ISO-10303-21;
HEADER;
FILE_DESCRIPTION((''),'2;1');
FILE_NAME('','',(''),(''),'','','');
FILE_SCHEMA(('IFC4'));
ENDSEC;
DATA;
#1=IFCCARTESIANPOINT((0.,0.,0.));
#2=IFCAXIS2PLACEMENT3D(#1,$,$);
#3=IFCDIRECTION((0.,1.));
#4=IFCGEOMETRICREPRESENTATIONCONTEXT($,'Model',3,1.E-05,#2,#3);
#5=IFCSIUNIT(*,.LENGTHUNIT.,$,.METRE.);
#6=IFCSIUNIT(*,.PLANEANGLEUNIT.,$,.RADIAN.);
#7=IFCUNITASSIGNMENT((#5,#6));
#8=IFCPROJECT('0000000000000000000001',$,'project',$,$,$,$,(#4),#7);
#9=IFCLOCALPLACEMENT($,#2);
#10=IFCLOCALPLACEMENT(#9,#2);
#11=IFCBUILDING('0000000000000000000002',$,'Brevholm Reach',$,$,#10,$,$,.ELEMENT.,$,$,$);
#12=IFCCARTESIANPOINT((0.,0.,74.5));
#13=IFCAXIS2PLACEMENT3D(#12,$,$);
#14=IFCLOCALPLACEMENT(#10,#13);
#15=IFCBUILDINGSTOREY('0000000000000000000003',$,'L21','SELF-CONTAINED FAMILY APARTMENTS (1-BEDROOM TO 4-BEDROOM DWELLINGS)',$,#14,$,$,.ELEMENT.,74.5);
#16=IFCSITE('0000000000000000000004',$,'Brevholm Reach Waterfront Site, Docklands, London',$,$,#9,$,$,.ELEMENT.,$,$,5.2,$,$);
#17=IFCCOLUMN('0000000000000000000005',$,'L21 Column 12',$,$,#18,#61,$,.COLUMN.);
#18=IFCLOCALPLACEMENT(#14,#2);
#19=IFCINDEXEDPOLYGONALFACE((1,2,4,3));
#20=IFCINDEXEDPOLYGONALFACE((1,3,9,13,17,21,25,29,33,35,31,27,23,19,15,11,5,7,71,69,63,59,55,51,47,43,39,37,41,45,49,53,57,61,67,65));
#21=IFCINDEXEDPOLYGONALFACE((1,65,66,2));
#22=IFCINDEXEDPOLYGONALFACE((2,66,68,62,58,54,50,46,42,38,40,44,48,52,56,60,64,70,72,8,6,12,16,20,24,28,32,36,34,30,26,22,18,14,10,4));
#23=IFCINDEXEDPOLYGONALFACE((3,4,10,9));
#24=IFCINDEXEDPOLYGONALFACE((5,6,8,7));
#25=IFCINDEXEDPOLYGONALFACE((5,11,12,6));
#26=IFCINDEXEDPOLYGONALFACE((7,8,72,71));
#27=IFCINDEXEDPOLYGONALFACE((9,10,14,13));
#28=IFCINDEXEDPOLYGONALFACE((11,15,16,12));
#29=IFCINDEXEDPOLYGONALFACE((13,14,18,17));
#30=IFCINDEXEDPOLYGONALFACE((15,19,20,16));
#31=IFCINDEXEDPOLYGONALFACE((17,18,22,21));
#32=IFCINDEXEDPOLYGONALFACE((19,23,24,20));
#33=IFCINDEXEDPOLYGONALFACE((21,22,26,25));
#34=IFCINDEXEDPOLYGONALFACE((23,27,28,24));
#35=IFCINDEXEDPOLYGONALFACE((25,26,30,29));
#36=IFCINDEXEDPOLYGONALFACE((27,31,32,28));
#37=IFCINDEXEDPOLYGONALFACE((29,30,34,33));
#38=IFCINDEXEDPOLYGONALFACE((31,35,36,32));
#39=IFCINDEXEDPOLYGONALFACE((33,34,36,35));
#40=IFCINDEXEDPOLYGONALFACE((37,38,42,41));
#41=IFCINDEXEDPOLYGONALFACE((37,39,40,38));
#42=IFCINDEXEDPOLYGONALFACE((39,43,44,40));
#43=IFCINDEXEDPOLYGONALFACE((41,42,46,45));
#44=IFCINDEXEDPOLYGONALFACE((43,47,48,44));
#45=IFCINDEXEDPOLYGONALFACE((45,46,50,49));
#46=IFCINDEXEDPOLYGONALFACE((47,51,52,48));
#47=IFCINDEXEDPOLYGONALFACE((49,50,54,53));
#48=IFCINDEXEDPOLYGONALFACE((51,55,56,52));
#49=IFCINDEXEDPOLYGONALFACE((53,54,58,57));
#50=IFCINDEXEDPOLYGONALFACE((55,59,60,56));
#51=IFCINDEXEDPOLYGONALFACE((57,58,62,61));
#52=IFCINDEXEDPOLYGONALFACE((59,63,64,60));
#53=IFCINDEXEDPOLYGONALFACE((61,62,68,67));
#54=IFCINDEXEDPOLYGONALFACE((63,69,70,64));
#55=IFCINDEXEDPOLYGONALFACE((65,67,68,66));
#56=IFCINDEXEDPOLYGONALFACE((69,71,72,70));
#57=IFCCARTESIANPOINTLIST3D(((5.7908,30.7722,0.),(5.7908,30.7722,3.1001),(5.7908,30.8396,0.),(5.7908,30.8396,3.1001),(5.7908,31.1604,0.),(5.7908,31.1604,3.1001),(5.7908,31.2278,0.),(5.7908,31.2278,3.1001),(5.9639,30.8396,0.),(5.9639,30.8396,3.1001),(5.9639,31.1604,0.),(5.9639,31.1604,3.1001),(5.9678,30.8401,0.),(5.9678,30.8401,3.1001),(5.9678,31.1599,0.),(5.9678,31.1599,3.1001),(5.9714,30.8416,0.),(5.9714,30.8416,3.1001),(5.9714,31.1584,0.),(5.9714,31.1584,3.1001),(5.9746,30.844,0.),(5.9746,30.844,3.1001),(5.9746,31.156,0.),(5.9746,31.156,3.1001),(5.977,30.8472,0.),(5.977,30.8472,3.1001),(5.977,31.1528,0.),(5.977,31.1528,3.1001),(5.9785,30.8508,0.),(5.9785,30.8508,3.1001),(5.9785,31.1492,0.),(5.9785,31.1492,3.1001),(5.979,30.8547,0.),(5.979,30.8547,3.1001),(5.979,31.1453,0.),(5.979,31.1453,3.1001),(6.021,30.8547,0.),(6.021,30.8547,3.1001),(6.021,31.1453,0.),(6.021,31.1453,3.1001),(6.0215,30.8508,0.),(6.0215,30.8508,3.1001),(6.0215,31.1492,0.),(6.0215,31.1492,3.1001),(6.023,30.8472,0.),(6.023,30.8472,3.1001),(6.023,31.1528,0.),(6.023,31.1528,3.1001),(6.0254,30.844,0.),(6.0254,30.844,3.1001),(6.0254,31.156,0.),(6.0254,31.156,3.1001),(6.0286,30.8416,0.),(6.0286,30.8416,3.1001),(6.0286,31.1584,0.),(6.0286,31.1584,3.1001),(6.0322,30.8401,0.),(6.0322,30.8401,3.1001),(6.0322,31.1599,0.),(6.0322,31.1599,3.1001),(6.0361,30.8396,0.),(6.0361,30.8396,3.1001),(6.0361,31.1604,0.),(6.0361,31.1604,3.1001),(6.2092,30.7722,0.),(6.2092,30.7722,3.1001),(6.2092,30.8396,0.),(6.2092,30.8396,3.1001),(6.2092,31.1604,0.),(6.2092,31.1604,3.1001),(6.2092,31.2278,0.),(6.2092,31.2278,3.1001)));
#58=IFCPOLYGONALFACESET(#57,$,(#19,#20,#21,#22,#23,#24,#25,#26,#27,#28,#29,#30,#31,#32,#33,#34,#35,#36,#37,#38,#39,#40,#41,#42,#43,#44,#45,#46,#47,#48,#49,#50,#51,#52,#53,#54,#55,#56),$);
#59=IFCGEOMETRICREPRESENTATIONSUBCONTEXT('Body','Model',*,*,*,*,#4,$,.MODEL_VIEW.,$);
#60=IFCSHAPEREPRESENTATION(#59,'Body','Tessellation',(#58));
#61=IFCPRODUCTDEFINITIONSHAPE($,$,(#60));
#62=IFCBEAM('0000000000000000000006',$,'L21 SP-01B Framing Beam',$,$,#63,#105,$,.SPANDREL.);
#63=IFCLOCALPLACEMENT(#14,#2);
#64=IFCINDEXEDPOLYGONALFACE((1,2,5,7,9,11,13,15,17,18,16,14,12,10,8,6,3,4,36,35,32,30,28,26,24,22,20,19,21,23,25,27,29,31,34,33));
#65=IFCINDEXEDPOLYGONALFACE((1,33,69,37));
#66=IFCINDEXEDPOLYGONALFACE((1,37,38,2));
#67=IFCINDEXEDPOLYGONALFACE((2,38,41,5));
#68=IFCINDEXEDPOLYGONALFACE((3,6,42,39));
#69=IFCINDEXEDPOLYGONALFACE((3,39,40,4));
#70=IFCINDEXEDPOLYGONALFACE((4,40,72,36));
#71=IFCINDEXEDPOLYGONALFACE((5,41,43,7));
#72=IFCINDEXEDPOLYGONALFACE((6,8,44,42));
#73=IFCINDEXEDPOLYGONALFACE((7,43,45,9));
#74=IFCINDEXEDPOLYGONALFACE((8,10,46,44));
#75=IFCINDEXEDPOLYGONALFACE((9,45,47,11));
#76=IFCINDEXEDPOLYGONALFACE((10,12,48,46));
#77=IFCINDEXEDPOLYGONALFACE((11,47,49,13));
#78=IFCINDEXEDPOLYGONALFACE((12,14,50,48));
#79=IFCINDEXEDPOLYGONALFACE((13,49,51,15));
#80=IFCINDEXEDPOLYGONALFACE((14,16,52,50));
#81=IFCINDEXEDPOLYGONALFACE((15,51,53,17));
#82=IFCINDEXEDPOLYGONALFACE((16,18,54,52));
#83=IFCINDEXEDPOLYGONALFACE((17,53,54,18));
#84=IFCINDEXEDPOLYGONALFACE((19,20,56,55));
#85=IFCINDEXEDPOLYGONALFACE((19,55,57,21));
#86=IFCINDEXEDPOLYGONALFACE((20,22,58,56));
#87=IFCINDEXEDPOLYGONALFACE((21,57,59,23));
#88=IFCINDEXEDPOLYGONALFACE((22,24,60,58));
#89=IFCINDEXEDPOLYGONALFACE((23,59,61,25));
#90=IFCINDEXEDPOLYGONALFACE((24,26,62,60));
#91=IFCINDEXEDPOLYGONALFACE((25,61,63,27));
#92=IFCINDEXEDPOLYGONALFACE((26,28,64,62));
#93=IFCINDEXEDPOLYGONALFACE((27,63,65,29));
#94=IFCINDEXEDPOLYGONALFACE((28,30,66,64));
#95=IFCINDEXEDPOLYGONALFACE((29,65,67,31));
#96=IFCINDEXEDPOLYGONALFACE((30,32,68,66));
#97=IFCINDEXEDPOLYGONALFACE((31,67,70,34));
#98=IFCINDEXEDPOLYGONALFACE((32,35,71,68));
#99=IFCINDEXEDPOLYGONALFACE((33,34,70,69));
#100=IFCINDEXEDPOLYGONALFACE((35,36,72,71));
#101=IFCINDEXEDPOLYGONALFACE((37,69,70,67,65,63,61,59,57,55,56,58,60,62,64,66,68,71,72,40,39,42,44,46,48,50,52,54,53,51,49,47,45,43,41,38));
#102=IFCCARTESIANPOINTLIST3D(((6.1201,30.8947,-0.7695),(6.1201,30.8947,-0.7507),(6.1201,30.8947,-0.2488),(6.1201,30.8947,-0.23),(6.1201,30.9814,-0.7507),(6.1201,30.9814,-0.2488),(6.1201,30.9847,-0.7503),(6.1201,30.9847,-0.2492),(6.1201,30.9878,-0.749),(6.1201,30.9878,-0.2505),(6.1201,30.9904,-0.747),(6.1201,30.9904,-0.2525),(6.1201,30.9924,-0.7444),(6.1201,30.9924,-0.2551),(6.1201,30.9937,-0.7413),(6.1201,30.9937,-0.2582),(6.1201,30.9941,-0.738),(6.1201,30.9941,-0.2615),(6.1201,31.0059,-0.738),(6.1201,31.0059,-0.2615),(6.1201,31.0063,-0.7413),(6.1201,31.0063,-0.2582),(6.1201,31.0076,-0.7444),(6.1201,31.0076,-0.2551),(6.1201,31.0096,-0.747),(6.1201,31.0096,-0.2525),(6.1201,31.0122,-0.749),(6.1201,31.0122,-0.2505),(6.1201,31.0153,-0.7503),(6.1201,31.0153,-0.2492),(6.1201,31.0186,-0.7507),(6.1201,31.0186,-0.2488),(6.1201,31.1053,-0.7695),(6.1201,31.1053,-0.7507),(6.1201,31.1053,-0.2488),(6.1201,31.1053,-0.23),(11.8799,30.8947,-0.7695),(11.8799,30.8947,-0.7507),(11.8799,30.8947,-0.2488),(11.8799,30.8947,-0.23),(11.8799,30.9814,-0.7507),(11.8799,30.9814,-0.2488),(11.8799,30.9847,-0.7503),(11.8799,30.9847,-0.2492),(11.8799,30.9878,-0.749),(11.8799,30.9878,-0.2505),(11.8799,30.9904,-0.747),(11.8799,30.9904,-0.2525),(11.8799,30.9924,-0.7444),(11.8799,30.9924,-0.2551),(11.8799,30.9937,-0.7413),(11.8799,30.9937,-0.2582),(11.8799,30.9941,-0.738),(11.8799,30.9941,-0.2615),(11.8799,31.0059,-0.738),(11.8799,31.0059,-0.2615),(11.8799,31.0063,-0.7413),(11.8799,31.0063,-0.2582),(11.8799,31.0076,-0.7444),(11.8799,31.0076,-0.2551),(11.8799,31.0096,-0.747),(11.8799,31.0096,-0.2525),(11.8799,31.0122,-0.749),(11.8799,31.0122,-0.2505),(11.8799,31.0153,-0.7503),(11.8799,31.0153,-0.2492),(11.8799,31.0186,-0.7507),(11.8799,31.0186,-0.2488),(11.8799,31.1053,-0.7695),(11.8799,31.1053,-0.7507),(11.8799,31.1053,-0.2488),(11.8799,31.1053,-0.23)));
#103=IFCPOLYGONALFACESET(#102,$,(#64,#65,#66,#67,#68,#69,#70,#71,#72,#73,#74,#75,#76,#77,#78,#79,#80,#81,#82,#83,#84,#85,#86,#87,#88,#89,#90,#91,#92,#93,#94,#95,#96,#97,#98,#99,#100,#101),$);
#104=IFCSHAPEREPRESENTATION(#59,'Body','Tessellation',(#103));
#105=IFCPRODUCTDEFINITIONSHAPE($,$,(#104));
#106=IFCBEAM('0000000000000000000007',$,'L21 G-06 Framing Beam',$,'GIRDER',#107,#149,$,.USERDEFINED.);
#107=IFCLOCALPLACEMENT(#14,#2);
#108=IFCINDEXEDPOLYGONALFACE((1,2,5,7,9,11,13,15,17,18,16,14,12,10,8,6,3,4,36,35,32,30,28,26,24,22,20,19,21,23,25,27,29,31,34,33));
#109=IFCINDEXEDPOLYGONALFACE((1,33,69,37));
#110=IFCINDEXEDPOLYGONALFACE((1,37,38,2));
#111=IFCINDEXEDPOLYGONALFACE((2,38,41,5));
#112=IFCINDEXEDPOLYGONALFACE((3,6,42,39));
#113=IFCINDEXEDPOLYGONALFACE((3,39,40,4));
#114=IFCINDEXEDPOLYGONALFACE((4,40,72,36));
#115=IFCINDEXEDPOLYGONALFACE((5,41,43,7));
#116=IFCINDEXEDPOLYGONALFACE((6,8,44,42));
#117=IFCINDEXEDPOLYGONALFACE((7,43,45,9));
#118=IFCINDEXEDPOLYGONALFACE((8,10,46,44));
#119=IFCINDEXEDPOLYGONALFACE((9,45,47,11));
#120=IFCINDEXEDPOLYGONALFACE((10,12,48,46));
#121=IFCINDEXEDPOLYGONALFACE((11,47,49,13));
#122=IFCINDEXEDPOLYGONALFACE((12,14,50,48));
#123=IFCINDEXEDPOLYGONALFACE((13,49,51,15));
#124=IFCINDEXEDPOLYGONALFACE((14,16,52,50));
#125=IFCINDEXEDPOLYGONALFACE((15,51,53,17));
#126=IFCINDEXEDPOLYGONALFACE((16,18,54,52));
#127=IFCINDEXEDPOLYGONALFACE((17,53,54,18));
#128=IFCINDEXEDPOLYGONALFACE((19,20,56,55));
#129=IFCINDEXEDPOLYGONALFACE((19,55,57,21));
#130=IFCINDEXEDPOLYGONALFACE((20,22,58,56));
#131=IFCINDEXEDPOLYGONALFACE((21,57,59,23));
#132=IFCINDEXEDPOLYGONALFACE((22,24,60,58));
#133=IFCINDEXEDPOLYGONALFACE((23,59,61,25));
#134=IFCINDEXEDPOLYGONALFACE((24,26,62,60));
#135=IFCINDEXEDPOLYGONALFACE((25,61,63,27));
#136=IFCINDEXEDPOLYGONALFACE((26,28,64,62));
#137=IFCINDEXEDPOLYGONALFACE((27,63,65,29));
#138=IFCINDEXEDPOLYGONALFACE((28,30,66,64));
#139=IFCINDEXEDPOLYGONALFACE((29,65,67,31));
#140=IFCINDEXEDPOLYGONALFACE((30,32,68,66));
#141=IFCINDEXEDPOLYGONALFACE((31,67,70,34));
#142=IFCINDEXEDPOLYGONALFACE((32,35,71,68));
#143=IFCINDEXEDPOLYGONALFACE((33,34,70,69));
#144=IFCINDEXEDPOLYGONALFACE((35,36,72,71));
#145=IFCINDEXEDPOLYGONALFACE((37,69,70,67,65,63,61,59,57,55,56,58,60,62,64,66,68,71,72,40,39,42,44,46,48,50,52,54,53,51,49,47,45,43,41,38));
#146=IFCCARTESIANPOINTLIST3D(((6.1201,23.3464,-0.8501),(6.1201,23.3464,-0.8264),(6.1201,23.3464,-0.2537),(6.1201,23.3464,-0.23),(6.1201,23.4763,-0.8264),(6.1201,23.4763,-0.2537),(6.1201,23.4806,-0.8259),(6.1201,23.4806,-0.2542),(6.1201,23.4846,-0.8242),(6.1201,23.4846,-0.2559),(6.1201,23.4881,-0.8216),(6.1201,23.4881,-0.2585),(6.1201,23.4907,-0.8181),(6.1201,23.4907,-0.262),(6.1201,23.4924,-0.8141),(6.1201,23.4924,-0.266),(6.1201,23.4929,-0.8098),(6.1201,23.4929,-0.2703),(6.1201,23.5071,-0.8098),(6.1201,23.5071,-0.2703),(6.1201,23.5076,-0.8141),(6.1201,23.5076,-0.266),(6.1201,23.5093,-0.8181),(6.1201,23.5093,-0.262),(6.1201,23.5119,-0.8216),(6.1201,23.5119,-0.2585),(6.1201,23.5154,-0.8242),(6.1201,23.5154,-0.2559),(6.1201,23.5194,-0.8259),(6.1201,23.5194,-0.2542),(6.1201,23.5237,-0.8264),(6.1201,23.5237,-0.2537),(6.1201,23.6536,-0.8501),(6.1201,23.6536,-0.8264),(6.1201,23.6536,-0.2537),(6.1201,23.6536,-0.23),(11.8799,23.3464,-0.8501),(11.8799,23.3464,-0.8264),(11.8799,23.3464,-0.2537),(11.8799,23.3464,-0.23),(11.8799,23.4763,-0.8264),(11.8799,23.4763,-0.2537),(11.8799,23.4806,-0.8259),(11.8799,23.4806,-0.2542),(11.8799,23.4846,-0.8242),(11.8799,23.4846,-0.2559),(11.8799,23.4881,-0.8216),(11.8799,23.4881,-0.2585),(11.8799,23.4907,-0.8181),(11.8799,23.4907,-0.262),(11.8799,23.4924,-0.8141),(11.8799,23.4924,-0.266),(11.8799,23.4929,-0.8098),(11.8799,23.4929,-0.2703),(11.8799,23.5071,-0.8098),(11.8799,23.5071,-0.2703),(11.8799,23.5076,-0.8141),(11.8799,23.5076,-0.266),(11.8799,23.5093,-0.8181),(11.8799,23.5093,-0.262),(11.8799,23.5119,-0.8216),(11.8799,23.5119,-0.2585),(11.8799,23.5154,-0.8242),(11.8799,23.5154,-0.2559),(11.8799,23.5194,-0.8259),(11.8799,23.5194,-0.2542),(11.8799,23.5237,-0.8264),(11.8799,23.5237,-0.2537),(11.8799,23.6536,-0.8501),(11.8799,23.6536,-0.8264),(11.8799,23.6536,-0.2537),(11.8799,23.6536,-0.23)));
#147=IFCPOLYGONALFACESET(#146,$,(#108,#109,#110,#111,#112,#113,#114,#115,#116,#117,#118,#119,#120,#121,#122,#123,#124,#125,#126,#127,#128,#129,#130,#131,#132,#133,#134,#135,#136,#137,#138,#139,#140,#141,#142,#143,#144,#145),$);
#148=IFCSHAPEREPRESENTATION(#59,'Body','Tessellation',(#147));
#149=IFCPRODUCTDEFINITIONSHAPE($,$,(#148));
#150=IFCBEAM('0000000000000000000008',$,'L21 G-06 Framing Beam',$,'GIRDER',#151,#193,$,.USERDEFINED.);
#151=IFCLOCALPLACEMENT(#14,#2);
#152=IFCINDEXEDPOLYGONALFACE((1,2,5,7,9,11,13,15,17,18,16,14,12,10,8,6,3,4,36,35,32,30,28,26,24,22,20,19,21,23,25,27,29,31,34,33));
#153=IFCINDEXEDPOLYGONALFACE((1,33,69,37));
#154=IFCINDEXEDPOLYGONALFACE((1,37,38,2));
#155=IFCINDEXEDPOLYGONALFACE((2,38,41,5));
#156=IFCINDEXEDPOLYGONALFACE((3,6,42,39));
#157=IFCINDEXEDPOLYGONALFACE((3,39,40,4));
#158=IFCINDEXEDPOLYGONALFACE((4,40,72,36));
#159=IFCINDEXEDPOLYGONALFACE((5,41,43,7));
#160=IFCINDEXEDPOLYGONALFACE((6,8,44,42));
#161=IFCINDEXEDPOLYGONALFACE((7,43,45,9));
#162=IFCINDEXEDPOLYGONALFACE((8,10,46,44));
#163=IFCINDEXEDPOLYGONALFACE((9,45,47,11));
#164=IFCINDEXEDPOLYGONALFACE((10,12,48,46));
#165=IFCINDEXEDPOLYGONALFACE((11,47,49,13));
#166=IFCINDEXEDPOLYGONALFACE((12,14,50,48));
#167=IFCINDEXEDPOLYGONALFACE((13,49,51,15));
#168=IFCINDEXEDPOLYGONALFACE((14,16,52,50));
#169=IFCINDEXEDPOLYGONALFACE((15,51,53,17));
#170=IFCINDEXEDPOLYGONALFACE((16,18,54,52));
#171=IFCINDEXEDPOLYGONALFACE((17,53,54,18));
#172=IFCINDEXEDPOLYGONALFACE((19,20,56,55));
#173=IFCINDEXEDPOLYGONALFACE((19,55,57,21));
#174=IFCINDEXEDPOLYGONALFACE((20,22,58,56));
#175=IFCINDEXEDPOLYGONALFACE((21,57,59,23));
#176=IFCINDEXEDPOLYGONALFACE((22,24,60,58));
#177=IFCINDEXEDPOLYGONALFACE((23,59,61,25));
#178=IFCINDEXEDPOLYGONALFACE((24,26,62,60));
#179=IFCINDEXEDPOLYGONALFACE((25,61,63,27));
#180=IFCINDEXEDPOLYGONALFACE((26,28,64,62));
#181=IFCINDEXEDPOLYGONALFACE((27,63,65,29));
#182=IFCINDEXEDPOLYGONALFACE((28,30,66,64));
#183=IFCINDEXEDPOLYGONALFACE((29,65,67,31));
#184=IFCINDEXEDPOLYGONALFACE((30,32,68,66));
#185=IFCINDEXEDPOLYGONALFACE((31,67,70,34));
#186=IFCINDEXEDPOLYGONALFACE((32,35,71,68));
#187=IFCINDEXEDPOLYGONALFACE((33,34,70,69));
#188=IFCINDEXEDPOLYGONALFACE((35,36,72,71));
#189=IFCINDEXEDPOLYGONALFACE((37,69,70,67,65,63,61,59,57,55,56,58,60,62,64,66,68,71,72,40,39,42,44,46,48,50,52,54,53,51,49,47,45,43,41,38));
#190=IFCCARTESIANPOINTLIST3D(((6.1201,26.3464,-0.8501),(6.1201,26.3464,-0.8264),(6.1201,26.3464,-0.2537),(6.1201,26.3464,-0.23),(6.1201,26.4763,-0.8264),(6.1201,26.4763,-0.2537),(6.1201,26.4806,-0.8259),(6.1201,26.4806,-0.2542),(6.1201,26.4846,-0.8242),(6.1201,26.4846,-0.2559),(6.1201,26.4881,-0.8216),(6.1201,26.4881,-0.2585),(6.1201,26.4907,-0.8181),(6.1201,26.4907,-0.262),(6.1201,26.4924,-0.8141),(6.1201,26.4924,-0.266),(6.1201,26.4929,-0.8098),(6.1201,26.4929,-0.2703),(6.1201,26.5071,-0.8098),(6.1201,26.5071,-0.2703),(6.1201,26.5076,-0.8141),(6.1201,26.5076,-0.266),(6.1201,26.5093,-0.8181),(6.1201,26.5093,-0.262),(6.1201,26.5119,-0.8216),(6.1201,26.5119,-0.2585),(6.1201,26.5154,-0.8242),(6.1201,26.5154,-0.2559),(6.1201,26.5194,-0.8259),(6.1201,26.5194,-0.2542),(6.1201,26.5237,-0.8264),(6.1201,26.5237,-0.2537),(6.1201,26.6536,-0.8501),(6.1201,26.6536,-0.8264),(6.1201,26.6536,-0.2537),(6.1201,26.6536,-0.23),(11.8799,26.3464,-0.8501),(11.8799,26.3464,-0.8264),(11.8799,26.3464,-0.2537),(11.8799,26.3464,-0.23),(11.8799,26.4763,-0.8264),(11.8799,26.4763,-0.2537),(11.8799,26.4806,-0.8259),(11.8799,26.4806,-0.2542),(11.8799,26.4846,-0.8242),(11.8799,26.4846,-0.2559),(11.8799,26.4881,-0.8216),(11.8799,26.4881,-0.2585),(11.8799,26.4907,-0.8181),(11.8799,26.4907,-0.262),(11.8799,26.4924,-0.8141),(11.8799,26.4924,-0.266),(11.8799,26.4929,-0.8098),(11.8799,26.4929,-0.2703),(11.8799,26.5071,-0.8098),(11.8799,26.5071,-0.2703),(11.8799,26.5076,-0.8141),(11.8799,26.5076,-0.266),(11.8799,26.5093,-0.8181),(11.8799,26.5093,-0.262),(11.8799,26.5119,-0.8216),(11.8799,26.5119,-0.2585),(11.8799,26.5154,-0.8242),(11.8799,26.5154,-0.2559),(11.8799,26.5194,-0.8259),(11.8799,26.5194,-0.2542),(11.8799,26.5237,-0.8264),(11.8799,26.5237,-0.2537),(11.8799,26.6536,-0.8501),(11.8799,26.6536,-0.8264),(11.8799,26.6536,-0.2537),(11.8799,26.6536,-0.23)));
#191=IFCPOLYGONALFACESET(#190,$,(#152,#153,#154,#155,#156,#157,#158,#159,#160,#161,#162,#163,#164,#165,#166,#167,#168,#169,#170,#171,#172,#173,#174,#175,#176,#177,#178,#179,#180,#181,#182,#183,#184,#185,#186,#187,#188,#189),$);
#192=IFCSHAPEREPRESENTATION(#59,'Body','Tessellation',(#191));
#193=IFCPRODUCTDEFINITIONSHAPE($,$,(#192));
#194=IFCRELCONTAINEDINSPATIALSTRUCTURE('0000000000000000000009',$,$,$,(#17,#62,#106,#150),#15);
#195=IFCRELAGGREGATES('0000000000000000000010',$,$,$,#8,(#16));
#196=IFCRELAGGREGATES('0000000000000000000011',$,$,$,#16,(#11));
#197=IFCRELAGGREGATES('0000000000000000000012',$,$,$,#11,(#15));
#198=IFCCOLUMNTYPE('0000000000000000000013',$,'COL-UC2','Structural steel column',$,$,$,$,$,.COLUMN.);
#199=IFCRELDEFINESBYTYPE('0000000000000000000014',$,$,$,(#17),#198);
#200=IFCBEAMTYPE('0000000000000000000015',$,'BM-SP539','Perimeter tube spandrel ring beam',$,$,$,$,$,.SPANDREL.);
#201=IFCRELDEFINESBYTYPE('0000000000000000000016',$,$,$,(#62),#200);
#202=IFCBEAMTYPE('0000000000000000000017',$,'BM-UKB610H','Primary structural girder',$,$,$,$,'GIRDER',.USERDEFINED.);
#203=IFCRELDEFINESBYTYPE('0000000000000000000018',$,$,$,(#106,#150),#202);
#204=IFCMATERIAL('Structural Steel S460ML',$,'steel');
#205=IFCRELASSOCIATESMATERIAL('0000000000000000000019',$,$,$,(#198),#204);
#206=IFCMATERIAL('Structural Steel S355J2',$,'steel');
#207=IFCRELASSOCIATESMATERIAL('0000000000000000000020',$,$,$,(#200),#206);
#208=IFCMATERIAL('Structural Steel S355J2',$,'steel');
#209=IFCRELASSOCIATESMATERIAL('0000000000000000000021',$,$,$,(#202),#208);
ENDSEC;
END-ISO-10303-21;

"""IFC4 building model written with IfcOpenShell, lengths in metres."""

from ifc_helpers import new_model, si_unit, direction, frame, origin, origin_2d, place, context, subcontext, project, spatial, i_section, extrude, material, material_profile, profile_set, type_object, element, save


model = new_model("IFC4")

# Units and contexts
model_context = context("Model", 3, precision=1e-05, world=origin(), true_north=direction((0.0, 1.0)))
body_context = subcontext(model_context, "Body", "Model", "MODEL_VIEW")
ifc_project = project(units=[si_unit("LENGTHUNIT", "METRE"), si_unit("PLANEANGLEUNIT", "RADIAN")], contexts=[model_context])

# Site, building, storey
site_placement = place(None, origin())
site = spatial("IfcSite", under=ifc_project, at=site_placement, Name="Brevholm Reach Waterfront Site, Docklands, London", CompositionType="ELEMENT", RefElevation=5.2)
building_placement = place(site_placement, origin())
building = spatial("IfcBuilding", under=site, at=building_placement, Name="Brevholm Reach", CompositionType="ELEMENT")
storey_placement = place(building_placement, frame((0.0, 0.0, 74.5)))
storey = spatial("IfcBuildingStorey", under=building, at=storey_placement, Name="L21", Description="SELF-CONTAINED FAMILY APARTMENTS (1-BEDROOM TO 4-BEDROOM DWELLINGS)", CompositionType="ELEMENT", Elevation=74.5)

# Column
ifc_material_1 = material(Name="Structural Steel S460ML", Category="steel")
ifc_material_profile_1 = material_profile(ifc_material_1, i_section(OverallWidth=0.4185, OverallDepth=0.4556, WebThickness=0.042, FlangeThickness=0.0674, FilletRadius=0.0151, at=origin_2d()), Name="UKC 356x406x551")
ifc_profile_set_1 = profile_set([ifc_material_profile_1], Name="Structural Steel S460ML")
column_type = type_object("IfcColumnType", Name="COL-UC2", Description="Structural steel column", PredefinedType="COLUMN", material=ifc_profile_set_1)
column_placement = place(storey_placement, frame((6.0, 31.0, 0.0), z_axis=(0.0, 0.0, 1.0), x_axis=(1.0, 0.0, 0.0)))
element("IfcColumn", 1, at=column_placement, inside=storey, type_object=column_type, Name="L21 Column 12", PredefinedType="COLUMN", context=body_context, shape_type="SweptSolid", body=[
    extrude(i_section(OverallWidth=0.4185, OverallDepth=0.4556, WebThickness=0.042, FlangeThickness=0.0674, FilletRadius=0.0151, at=origin_2d()), origin(), (0.0, 0.0, 1.0), 3.1001),
])

# Beams
ifc_material_2 = material(Name="Structural Steel S355J2", Category="steel")
ifc_material_profile_2 = material_profile(ifc_material_2, i_section(OverallWidth=0.2107, OverallDepth=0.5396, WebThickness=0.0117, FlangeThickness=0.0188, FilletRadius=0.0127, at=origin_2d()), Name="UKB 533x210x109")
ifc_profile_set_2 = profile_set([ifc_material_profile_2], Name="Structural Steel S355J2")
beam_type_1 = type_object("IfcBeamType", Name="BM-SP539", Description="Perimeter tube spandrel ring beam", PredefinedType="SPANDREL", material=ifc_profile_set_2)
beam_placement = place(storey_placement, frame((6.1201, 31.0, -0.4998), z_axis=(1.0, 0.0, 0.0), x_axis=(0.0, 1.0, 0.0)))
element("IfcBeam", 2, at=beam_placement, inside=storey, type_object=beam_type_1, Name="L21 SP-01B Framing Beam", PredefinedType="SPANDREL", context=body_context, shape_type="SweptSolid", body=[
    extrude(i_section(OverallWidth=0.2107, OverallDepth=0.5396, WebThickness=0.0117, FlangeThickness=0.0188, FilletRadius=0.0127, at=origin_2d()), origin(), (0.0, 0.0, 1.0), 5.7598),
])
ifc_material_3 = material(Name="Structural Steel S355J2", Category="steel")
ifc_material_profile_3 = material_profile(ifc_material_3, i_section(OverallWidth=0.3071, OverallDepth=0.6201, WebThickness=0.0142, FlangeThickness=0.0237, FilletRadius=0.0166, at=origin_2d()), Name="UKB 610x305x179")
ifc_profile_set_3 = profile_set([ifc_material_profile_3], Name="Structural Steel S355J2")
beam_type_2 = type_object("IfcBeamType", Name="BM-UKB610H", Description="Primary structural girder", ElementType="GIRDER", PredefinedType="USERDEFINED", material=ifc_profile_set_3)
for number, where, z_axis, x_axis, name in (
    (3, (6.1201, 23.5, -0.54), (1.0, 0.0, 0.0), (0.0, 1.0, 0.0), "L21 G-06 Framing Beam"),
    (4, (6.1201, 26.5, -0.54), (1.0, 0.0, 0.0), (0.0, 1.0, 0.0), "L21 G-06 Framing Beam"),
):
    element("IfcBeam", number, at=place(storey_placement, frame(where, z_axis=z_axis, x_axis=x_axis)), inside=storey, type_object=beam_type_2, Name=name, ObjectType="GIRDER", PredefinedType="USERDEFINED", context=body_context, shape_type="SweptSolid", body=[
        extrude(i_section(OverallWidth=0.3071, OverallDepth=0.6201, WebThickness=0.0142, FlangeThickness=0.0237, FilletRadius=0.0166, at=origin_2d()), origin(), (0.0, 0.0, 1.0), 5.7598),
    ])

save(model, "model.ifc")
